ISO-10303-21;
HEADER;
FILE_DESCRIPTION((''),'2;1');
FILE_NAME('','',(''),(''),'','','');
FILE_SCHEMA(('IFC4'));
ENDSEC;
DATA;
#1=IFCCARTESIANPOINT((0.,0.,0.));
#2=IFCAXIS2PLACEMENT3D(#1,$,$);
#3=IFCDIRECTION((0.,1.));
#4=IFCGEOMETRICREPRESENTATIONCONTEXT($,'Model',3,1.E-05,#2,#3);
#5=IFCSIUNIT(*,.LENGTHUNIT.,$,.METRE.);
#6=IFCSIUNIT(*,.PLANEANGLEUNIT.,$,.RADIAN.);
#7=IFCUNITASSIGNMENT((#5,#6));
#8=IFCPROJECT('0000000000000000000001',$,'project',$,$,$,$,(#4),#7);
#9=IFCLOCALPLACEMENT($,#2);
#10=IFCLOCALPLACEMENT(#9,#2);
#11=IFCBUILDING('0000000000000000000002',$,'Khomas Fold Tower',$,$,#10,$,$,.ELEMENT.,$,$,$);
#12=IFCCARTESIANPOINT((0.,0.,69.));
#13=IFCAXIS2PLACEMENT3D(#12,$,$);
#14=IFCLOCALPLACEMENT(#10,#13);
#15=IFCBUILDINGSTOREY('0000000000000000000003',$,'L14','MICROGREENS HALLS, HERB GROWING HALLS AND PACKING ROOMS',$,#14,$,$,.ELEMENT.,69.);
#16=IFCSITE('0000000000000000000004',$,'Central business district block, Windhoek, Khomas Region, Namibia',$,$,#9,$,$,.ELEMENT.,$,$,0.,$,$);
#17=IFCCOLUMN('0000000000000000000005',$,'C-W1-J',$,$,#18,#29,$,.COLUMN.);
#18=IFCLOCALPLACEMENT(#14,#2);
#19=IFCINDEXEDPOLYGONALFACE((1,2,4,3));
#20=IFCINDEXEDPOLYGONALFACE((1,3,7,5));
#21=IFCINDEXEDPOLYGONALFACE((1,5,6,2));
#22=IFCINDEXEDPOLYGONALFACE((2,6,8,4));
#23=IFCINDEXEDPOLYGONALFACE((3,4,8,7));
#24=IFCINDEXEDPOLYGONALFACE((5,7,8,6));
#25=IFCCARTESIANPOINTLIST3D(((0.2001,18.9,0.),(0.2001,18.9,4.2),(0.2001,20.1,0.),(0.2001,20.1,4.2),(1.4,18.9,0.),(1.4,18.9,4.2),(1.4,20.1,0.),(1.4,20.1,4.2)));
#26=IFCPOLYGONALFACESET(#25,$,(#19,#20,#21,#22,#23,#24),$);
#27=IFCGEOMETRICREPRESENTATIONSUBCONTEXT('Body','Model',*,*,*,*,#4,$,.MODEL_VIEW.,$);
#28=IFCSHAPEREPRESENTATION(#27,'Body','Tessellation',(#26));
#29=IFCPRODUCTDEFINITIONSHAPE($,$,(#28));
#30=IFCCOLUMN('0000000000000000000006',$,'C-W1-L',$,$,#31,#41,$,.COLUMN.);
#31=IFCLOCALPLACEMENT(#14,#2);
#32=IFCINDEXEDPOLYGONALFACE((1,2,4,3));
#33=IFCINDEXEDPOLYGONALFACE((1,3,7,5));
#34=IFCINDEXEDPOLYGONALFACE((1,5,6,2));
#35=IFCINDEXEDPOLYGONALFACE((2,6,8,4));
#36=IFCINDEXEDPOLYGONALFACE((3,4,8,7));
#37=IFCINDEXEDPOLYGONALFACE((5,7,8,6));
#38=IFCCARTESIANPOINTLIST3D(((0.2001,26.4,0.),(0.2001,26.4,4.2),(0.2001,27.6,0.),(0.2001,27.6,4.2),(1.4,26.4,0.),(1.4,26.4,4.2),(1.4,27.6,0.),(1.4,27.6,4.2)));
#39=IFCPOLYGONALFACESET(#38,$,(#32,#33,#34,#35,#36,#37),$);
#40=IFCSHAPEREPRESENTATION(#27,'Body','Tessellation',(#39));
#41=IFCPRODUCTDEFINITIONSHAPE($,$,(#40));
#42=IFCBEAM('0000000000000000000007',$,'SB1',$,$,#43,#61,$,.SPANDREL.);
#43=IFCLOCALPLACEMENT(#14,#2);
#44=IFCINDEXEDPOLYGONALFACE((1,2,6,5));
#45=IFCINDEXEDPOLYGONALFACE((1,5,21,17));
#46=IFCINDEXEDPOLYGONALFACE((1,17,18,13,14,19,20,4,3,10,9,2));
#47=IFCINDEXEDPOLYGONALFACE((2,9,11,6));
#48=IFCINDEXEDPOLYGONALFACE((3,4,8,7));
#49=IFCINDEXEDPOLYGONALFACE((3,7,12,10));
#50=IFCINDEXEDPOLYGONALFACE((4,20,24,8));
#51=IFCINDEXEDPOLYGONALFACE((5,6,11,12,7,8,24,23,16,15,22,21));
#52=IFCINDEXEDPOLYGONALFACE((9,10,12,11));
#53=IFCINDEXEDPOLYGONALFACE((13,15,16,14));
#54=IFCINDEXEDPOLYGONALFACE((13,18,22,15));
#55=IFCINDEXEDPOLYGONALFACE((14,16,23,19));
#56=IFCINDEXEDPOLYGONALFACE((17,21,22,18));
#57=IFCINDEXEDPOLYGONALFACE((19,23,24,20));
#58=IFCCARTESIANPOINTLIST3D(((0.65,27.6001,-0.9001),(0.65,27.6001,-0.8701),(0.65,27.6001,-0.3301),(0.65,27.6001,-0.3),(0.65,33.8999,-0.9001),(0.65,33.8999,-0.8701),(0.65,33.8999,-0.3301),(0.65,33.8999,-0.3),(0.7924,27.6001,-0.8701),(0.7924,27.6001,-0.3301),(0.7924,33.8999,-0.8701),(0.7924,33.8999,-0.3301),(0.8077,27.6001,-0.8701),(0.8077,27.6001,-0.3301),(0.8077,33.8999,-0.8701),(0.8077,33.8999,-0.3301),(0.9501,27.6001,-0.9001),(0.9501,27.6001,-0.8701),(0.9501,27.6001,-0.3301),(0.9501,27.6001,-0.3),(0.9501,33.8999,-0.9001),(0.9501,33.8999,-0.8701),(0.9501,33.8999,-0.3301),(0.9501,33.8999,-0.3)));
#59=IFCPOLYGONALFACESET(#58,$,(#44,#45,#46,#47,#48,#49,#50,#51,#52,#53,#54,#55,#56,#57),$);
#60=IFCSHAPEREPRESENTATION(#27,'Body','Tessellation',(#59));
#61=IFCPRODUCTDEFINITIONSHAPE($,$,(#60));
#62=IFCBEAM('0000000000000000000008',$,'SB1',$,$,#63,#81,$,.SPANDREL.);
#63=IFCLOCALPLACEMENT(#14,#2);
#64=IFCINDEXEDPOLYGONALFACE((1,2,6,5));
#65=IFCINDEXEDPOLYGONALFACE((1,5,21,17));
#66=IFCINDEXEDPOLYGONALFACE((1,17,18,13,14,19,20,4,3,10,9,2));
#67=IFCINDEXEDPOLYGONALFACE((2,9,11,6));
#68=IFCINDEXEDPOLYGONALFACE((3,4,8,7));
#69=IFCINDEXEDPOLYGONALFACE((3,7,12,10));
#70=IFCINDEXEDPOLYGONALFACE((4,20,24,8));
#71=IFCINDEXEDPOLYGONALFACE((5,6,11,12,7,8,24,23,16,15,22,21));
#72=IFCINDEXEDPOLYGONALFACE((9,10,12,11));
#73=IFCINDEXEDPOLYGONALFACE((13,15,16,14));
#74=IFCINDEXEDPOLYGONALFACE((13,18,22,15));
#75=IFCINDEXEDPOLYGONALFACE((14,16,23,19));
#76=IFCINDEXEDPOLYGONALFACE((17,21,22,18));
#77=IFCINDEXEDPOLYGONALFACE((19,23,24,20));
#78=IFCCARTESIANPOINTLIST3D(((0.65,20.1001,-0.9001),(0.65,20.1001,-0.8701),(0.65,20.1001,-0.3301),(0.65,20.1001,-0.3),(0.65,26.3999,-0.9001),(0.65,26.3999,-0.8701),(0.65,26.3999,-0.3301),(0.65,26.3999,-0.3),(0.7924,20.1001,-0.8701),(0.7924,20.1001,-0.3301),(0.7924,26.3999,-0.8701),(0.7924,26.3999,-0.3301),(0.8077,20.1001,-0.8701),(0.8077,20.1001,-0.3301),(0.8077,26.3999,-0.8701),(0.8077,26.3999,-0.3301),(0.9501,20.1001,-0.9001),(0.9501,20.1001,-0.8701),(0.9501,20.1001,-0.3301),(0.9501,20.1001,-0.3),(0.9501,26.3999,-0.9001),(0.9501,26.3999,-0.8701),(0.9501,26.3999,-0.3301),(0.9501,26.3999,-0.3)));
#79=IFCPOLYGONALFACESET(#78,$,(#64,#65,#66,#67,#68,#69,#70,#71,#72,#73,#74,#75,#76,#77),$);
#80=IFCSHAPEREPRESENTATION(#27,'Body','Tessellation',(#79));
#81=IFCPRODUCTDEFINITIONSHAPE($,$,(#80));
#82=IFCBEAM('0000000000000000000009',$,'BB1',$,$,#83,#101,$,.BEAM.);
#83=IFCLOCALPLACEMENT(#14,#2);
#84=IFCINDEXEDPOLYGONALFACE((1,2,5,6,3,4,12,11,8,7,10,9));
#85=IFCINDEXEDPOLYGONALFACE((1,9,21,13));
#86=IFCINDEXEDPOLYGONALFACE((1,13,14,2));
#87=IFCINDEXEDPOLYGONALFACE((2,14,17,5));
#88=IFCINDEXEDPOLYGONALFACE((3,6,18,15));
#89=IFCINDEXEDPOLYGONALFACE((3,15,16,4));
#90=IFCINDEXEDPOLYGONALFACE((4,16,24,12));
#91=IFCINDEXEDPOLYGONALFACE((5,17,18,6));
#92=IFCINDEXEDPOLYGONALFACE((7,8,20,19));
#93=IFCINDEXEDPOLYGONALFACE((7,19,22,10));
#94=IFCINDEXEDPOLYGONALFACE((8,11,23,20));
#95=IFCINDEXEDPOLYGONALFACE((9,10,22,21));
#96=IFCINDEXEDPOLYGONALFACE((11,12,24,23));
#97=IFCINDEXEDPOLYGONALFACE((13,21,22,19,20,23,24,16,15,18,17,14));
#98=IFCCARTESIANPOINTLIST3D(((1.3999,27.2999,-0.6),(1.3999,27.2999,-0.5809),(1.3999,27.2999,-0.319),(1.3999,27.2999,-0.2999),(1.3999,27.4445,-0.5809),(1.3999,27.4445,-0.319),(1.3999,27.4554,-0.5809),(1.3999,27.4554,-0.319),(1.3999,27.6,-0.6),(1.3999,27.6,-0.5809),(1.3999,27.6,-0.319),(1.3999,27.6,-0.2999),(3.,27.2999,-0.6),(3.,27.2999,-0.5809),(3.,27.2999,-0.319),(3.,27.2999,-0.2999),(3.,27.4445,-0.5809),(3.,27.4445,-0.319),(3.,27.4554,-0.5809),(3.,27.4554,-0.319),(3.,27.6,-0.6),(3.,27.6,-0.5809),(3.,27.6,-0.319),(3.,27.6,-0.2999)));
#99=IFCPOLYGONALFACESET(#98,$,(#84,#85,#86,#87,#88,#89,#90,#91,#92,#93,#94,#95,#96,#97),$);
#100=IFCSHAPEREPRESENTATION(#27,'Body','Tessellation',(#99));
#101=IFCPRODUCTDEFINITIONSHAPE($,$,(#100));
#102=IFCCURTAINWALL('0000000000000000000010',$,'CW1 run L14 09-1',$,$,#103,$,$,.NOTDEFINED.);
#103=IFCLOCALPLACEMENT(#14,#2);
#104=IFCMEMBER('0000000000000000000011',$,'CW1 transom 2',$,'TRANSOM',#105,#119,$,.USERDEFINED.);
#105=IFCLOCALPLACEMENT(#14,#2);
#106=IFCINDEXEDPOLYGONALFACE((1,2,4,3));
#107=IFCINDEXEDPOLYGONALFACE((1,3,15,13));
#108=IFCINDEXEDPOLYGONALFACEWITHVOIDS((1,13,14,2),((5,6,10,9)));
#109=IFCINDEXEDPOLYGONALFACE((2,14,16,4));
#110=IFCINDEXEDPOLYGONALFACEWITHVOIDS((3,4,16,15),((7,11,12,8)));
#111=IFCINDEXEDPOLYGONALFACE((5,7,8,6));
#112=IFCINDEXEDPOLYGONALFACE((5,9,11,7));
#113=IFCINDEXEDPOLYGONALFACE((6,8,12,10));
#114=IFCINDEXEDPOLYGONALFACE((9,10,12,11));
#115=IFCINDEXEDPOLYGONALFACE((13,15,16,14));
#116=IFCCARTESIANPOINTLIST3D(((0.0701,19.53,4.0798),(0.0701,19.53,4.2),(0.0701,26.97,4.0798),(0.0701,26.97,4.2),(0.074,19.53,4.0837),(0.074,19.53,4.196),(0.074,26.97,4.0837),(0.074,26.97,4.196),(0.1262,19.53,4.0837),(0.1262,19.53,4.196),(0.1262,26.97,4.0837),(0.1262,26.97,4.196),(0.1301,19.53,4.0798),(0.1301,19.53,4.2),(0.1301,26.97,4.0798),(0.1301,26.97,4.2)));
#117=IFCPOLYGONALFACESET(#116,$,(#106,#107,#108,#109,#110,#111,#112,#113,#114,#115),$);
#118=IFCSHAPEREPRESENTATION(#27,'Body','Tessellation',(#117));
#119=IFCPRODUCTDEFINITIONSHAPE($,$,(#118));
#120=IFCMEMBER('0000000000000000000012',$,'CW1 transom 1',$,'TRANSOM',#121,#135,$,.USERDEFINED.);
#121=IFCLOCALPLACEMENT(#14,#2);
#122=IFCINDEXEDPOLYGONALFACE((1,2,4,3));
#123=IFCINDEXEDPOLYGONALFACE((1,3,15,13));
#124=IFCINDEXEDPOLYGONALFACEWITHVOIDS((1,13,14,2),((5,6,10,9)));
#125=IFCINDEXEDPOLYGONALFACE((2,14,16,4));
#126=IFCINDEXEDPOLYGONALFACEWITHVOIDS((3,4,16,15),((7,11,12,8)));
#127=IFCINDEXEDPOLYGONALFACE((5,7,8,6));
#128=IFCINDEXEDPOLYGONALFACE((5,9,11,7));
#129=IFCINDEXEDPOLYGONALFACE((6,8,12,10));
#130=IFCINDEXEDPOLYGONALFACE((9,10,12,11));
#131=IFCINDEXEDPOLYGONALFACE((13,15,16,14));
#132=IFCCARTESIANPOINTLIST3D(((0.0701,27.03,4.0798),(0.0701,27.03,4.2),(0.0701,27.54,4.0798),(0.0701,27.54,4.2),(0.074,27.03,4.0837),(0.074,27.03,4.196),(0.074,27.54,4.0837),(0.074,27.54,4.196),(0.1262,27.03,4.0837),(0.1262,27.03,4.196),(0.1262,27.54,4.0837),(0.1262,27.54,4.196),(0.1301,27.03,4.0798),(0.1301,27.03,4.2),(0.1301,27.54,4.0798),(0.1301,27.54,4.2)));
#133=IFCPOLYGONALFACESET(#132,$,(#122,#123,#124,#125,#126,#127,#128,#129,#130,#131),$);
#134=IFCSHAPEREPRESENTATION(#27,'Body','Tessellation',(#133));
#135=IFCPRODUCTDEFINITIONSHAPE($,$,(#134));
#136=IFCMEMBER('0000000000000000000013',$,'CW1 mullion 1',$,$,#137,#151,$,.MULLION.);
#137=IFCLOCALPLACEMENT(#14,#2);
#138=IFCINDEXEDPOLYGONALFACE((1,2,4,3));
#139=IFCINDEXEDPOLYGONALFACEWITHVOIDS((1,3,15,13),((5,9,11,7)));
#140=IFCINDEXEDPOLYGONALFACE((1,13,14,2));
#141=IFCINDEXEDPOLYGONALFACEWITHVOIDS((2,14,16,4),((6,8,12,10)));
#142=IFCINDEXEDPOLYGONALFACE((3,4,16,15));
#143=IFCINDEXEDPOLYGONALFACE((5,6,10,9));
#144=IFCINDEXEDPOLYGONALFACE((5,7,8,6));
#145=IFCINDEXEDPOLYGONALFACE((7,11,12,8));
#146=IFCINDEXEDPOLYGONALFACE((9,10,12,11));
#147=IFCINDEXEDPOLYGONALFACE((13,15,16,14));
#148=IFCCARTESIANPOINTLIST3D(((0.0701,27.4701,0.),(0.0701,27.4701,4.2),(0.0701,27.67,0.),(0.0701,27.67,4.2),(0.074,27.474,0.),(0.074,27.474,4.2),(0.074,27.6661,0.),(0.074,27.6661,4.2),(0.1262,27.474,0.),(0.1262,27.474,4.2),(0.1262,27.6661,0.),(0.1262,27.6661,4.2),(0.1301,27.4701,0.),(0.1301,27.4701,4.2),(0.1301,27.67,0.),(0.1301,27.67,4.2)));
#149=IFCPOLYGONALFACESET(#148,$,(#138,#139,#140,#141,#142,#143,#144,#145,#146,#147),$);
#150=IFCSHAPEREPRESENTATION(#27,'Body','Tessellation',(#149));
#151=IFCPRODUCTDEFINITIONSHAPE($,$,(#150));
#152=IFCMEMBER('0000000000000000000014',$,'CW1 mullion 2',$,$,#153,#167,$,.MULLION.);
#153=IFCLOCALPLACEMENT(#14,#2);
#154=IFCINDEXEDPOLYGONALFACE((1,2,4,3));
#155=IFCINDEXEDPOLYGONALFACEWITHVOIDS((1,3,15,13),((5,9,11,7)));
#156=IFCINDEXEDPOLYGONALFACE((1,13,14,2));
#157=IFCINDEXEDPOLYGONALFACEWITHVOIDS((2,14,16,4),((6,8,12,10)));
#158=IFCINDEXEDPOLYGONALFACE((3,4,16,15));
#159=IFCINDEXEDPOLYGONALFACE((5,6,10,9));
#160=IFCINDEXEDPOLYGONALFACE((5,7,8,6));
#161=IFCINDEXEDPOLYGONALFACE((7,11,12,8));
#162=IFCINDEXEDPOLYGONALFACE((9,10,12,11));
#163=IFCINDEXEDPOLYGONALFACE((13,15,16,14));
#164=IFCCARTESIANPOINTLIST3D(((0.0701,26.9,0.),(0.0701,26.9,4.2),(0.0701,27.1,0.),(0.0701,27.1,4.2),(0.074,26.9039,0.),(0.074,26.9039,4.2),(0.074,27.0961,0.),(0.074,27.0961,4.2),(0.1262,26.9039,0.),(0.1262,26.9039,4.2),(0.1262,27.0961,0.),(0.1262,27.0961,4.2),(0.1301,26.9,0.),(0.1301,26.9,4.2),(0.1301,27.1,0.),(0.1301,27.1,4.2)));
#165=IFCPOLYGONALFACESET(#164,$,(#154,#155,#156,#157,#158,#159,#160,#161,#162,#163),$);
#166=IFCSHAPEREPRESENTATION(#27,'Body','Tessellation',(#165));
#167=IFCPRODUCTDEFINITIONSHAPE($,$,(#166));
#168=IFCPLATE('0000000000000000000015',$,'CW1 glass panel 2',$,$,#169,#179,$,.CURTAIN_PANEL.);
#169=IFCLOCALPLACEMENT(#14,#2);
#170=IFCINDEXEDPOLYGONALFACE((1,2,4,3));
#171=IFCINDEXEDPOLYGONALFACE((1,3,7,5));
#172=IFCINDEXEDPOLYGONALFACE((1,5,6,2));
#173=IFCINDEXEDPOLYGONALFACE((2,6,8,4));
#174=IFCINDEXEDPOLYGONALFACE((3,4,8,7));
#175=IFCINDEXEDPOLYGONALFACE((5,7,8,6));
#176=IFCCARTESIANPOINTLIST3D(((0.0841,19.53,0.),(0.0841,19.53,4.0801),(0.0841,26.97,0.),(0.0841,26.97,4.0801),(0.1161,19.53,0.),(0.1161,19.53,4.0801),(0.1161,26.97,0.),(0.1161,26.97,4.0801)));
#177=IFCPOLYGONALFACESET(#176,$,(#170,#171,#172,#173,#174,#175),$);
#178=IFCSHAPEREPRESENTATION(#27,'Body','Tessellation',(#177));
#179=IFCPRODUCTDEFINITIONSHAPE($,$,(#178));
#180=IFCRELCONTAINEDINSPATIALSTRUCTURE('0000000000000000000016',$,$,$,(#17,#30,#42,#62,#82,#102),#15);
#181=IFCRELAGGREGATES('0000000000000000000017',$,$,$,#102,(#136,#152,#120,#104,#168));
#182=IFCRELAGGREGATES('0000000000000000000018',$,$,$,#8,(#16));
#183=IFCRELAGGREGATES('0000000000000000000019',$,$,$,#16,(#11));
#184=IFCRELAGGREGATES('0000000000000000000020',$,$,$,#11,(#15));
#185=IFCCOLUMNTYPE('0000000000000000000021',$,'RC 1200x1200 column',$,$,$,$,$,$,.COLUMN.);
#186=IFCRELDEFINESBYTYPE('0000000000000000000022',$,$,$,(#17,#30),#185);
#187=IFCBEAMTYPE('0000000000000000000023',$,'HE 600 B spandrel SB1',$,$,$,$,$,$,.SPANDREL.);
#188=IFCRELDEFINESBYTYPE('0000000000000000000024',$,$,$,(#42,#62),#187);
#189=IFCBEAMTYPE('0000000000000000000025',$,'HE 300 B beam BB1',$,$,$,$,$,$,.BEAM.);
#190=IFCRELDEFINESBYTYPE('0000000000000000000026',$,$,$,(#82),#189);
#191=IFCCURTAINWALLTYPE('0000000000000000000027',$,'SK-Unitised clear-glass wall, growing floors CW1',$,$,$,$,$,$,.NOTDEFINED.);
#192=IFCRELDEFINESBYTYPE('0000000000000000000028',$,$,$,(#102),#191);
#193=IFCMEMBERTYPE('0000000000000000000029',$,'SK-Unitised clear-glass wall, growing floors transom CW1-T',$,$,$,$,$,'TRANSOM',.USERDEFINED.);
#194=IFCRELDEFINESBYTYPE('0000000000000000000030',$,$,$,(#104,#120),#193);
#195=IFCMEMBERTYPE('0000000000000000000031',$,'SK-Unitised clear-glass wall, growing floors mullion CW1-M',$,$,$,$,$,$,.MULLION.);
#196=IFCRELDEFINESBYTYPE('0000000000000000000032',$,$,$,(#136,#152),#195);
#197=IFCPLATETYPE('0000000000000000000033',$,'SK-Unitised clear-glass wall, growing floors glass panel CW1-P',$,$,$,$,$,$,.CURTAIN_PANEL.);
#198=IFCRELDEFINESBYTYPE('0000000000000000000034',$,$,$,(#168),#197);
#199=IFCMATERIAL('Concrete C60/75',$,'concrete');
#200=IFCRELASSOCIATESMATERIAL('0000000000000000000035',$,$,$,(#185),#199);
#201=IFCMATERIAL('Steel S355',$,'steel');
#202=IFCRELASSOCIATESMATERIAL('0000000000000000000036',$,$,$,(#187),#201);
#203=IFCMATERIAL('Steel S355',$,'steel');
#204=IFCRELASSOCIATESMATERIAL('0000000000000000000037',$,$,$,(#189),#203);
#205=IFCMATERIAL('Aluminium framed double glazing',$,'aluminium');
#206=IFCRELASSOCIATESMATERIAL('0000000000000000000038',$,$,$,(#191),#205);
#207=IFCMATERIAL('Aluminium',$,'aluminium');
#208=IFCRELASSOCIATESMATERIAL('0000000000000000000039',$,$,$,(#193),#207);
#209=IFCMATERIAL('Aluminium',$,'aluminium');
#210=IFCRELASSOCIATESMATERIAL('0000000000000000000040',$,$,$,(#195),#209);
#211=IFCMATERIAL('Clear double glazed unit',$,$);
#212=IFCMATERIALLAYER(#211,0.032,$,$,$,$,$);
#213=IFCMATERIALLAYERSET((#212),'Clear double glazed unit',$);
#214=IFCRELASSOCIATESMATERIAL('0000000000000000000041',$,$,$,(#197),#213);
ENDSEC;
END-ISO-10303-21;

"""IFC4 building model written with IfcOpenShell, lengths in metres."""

from ifc_helpers import new_model, si_unit, direction, frame, origin, origin_2d, place, context, subcontext, project, spatial, rectangle, hollow_rectangle, i_section, extrude, source, transform, mapped, material, layer, layer_set, material_profile, profile_set, type_object, element, aggregate, save


model = new_model("IFC4")

# Units and contexts
model_context = context("Model", 3, precision=1e-05, world=origin(), true_north=direction((0.0, 1.0)))
body_context = subcontext(model_context, "Body", "Model", "MODEL_VIEW")
ifc_project = project(units=[si_unit("LENGTHUNIT", "METRE"), si_unit("PLANEANGLEUNIT", "RADIAN")], contexts=[model_context])

# Site, building, storey
site_placement = place(None, origin())
site = spatial("IfcSite", under=ifc_project, at=site_placement, Name="Central business district block, Windhoek, Khomas Region, Namibia", CompositionType="ELEMENT", RefElevation=0.0)
building_placement = place(site_placement, origin())
building = spatial("IfcBuilding", under=site, at=building_placement, Name="Khomas Fold Tower", CompositionType="ELEMENT")
storey_placement = place(building_placement, frame((0.0, 0.0, 69.0)))
storey = spatial("IfcBuildingStorey", under=building, at=storey_placement, Name="L14", Description="MICROGREENS HALLS, HERB GROWING HALLS AND PACKING ROOMS", CompositionType="ELEMENT", Elevation=69.0)

# Columns
ifc_material_1 = material(Name="Concrete C60/75", Category="concrete")
ifc_material_profile_1 = material_profile(ifc_material_1, rectangle(XDim=1.2, YDim=1.2, at=origin_2d()), Name="RC 1200x1200")
ifc_profile_set_1 = profile_set([ifc_material_profile_1], Name="Concrete C60/75")
column_type = type_object("IfcColumnType", Name="RC 1200x1200 column", PredefinedType="COLUMN", material=ifc_profile_set_1)
shared_shape_1 = source(origin(), body_context, "Body", "SweptSolid", [
    extrude(rectangle(XDim=1.2, YDim=1.2, at=origin_2d()), origin(), (0.0, 0.0, 1.0), 4.2),
])
for number, where, z_axis, x_axis, name in (
    (1, (0.8, 19.5, 0.0), (0.0, 0.0, 1.0), (1.0, 0.0, 0.0), "C-W1-J"),
    (2, (0.8, 27.0, 0.0), (0.0, 0.0, 1.0), (1.0, 0.0, 0.0), "C-W1-L"),
):
    element("IfcColumn", number, at=place(storey_placement, frame(where, z_axis=z_axis, x_axis=x_axis)), inside=storey, type_object=column_type, Name=name, PredefinedType="COLUMN", context=body_context, shape_type="MappedRepresentation", body=[
        mapped(shared_shape_1, transform((0.0, 0.0, 0.0))),
    ])

# Beams
ifc_material_2 = material(Name="Steel S355", Category="steel")
ifc_material_profile_2 = material_profile(ifc_material_2, i_section(OverallWidth=0.3, OverallDepth=0.6001, WebThickness=0.0154, FlangeThickness=0.03, at=origin_2d()), Name="HE 600 B")
ifc_profile_set_2 = profile_set([ifc_material_profile_2], Name="Steel S355")
beam_type_1 = type_object("IfcBeamType", Name="HE 600 B spandrel SB1", PredefinedType="SPANDREL", material=ifc_profile_set_2)
shared_shape_2 = source(origin(), body_context, "Body", "SweptSolid", [
    extrude(i_section(OverallWidth=0.3, OverallDepth=0.6001, WebThickness=0.0154, FlangeThickness=0.03, at=origin_2d()), origin(), (0.0, 0.0, 1.0), 6.2998),
])
for number, where, z_axis, x_axis, name in (
    (3, (0.8, 27.6001, -0.6001), (0.0, 1.0, 0.0), (-1.0, 0.0, 0.0), "SB1"),
    (4, (0.8, 20.1001, -0.6001), (0.0, 1.0, 0.0), (-1.0, 0.0, 0.0), "SB1"),
):
    element("IfcBeam", number, at=place(storey_placement, frame(where, z_axis=z_axis, x_axis=x_axis)), inside=storey, type_object=beam_type_1, Name=name, PredefinedType="SPANDREL", context=body_context, shape_type="MappedRepresentation", body=[
        mapped(shared_shape_2, transform((0.0, 0.0, 0.0))),
    ])
ifc_material_3 = material(Name="Steel S355", Category="steel")
ifc_material_profile_3 = material_profile(ifc_material_3, i_section(OverallWidth=0.3, OverallDepth=0.3, WebThickness=0.011, FlangeThickness=0.019, at=origin_2d()), Name="HE 300 B")
ifc_profile_set_3 = profile_set([ifc_material_profile_3], Name="Steel S355")
beam_type_2 = type_object("IfcBeamType", Name="HE 300 B beam BB1", PredefinedType="BEAM", material=ifc_profile_set_3)
shared_shape_3 = source(origin(), body_context, "Body", "SweptSolid", [
    extrude(i_section(OverallWidth=0.3, OverallDepth=0.3, WebThickness=0.011, FlangeThickness=0.019, at=origin_2d()), origin(), (0.0, 0.0, 1.0), 1.6001),
])
beam_placement = place(storey_placement, frame((1.3999, 27.45, -0.45), z_axis=(1.0, 0.0, 0.0), x_axis=(0.0, 1.0, 0.0)))
element("IfcBeam", 5, at=beam_placement, inside=storey, type_object=beam_type_2, Name="BB1", PredefinedType="BEAM", context=body_context, shape_type="MappedRepresentation", body=[
    mapped(shared_shape_3, transform((0.0, 0.0, 0.0))),
])

# Curtain wall, members, plate
ifc_material_4 = material(Name="Aluminium framed double glazing", Category="aluminium")
curtain_wall_type = type_object("IfcCurtainWallType", Name="SK-Unitised clear-glass wall, growing floors CW1", PredefinedType="NOTDEFINED", material=ifc_material_4)
curtain_wall_placement = place(storey_placement, origin())
curtain_wall = element("IfcCurtainWall", 6, at=curtain_wall_placement, inside=storey, type_object=curtain_wall_type, Name="CW1 run L14 09-1", PredefinedType="NOTDEFINED")
ifc_material_5 = material(Name="Aluminium", Category="aluminium")
ifc_material_profile_4 = material_profile(ifc_material_5, hollow_rectangle(XDim=0.0601, YDim=0.1201, WallThickness=0.0039, at=origin_2d()), Name="SK-Unitised clear-glass wall, growing floors transom CW1-T")
ifc_profile_set_4 = profile_set([ifc_material_profile_4], Name="Aluminium")
member_type_1 = type_object("IfcMemberType", Name="SK-Unitised clear-glass wall, growing floors transom CW1-T", ElementType="TRANSOM", PredefinedType="USERDEFINED", material=ifc_profile_set_4)
shared_shape_4 = source(origin(), body_context, "Body", "SweptSolid", [
    extrude(hollow_rectangle(XDim=0.0601, YDim=0.1201, WallThickness=0.0039, at=origin_2d()), origin(), (0.0, 0.0, 1.0), 7.4399),
])
member_1_placement = place(storey_placement, frame((0.1001, 26.97, 4.1399), z_axis=(0.0, -1.0, 0.0), x_axis=(1.0, 0.0, 0.0)))
member_1 = element("IfcMember", 7, at=member_1_placement, type_object=member_type_1, Name="CW1 transom 2", ObjectType="TRANSOM", PredefinedType="USERDEFINED", context=body_context, shape_type="MappedRepresentation", body=[
    mapped(shared_shape_4, transform((0.0, 0.0, 0.0))),
])
shared_shape_5 = source(origin(), body_context, "Body", "SweptSolid", [
    extrude(hollow_rectangle(XDim=0.0601, YDim=0.1201, WallThickness=0.0039, at=origin_2d()), origin(), (0.0, 0.0, 1.0), 0.51),
])
member_2_placement = place(storey_placement, frame((0.1001, 27.54, 4.1399), z_axis=(0.0, -1.0, 0.0), x_axis=(1.0, 0.0, 0.0)))
member_2 = element("IfcMember", 8, at=member_2_placement, type_object=member_type_1, Name="CW1 transom 1", ObjectType="TRANSOM", PredefinedType="USERDEFINED", context=body_context, shape_type="MappedRepresentation", body=[
    mapped(shared_shape_5, transform((0.0, 0.0, 0.0))),
])
ifc_material_6 = material(Name="Aluminium", Category="aluminium")
ifc_material_profile_5 = material_profile(ifc_material_6, hollow_rectangle(XDim=0.0601, YDim=0.2, WallThickness=0.0039, at=origin_2d()), Name="SK-Unitised clear-glass wall, growing floors mullion CW1-M")
ifc_profile_set_5 = profile_set([ifc_material_profile_5], Name="Aluminium")
member_type_2 = type_object("IfcMemberType", Name="SK-Unitised clear-glass wall, growing floors mullion CW1-M", PredefinedType="MULLION", material=ifc_profile_set_5)
shared_shape_6 = source(origin(), body_context, "Body", "SweptSolid", [
    extrude(hollow_rectangle(XDim=0.0601, YDim=0.2, WallThickness=0.0039, at=origin_2d()), origin(), (0.0, 0.0, 1.0), 4.2),
])
member_3_placement = place(storey_placement, frame((0.1001, 27.5701, 0.0), z_axis=(0.0, 0.0, 1.0), x_axis=(1.0, 0.0, 0.0)))
member_3 = element("IfcMember", 9, at=member_3_placement, type_object=member_type_2, Name="CW1 mullion 1", PredefinedType="MULLION", context=body_context, shape_type="MappedRepresentation", body=[
    mapped(shared_shape_6, transform((0.0, 0.0, 0.0))),
])
member_4_placement = place(storey_placement, frame((0.1001, 27.0, 0.0), z_axis=(0.0, 0.0, 1.0), x_axis=(1.0, 0.0, 0.0)))
member_4 = element("IfcMember", 10, at=member_4_placement, type_object=member_type_2, Name="CW1 mullion 2", PredefinedType="MULLION", context=body_context, shape_type="MappedRepresentation", body=[
    mapped(shared_shape_6, transform((0.0, 0.0, 0.0))),
])
ifc_material_7 = material(Name="Clear double glazed unit")
ifc_layer_1 = layer(ifc_material_7, 0.032)
ifc_layer_set_1 = layer_set([ifc_layer_1], Name="Clear double glazed unit")
plate_type = type_object("IfcPlateType", Name="SK-Unitised clear-glass wall, growing floors glass panel CW1-P", PredefinedType="CURTAIN_PANEL", material=ifc_layer_set_1)
shared_shape_7 = source(origin(), body_context, "Body", "SweptSolid", [
    extrude(rectangle(XDim=7.4399, YDim=0.032, at=origin_2d()), origin(), (0.0, 0.0, 1.0), 4.0801),
])
plate_1_placement = place(storey_placement, frame((0.1001, 23.25, 0.0), z_axis=(0.0, 0.0, 1.0), x_axis=(0.0, -1.0, 0.0)))
plate_1 = element("IfcPlate", 11, at=plate_1_placement, type_object=plate_type, Name="CW1 glass panel 2", PredefinedType="CURTAIN_PANEL", context=body_context, shape_type="MappedRepresentation", body=[
    mapped(shared_shape_7, transform((0.0, 0.0, 0.0))),
])
aggregate(curtain_wall, [member_3, member_4, member_2, member_1, plate_1])

save(model, "model.ifc")
